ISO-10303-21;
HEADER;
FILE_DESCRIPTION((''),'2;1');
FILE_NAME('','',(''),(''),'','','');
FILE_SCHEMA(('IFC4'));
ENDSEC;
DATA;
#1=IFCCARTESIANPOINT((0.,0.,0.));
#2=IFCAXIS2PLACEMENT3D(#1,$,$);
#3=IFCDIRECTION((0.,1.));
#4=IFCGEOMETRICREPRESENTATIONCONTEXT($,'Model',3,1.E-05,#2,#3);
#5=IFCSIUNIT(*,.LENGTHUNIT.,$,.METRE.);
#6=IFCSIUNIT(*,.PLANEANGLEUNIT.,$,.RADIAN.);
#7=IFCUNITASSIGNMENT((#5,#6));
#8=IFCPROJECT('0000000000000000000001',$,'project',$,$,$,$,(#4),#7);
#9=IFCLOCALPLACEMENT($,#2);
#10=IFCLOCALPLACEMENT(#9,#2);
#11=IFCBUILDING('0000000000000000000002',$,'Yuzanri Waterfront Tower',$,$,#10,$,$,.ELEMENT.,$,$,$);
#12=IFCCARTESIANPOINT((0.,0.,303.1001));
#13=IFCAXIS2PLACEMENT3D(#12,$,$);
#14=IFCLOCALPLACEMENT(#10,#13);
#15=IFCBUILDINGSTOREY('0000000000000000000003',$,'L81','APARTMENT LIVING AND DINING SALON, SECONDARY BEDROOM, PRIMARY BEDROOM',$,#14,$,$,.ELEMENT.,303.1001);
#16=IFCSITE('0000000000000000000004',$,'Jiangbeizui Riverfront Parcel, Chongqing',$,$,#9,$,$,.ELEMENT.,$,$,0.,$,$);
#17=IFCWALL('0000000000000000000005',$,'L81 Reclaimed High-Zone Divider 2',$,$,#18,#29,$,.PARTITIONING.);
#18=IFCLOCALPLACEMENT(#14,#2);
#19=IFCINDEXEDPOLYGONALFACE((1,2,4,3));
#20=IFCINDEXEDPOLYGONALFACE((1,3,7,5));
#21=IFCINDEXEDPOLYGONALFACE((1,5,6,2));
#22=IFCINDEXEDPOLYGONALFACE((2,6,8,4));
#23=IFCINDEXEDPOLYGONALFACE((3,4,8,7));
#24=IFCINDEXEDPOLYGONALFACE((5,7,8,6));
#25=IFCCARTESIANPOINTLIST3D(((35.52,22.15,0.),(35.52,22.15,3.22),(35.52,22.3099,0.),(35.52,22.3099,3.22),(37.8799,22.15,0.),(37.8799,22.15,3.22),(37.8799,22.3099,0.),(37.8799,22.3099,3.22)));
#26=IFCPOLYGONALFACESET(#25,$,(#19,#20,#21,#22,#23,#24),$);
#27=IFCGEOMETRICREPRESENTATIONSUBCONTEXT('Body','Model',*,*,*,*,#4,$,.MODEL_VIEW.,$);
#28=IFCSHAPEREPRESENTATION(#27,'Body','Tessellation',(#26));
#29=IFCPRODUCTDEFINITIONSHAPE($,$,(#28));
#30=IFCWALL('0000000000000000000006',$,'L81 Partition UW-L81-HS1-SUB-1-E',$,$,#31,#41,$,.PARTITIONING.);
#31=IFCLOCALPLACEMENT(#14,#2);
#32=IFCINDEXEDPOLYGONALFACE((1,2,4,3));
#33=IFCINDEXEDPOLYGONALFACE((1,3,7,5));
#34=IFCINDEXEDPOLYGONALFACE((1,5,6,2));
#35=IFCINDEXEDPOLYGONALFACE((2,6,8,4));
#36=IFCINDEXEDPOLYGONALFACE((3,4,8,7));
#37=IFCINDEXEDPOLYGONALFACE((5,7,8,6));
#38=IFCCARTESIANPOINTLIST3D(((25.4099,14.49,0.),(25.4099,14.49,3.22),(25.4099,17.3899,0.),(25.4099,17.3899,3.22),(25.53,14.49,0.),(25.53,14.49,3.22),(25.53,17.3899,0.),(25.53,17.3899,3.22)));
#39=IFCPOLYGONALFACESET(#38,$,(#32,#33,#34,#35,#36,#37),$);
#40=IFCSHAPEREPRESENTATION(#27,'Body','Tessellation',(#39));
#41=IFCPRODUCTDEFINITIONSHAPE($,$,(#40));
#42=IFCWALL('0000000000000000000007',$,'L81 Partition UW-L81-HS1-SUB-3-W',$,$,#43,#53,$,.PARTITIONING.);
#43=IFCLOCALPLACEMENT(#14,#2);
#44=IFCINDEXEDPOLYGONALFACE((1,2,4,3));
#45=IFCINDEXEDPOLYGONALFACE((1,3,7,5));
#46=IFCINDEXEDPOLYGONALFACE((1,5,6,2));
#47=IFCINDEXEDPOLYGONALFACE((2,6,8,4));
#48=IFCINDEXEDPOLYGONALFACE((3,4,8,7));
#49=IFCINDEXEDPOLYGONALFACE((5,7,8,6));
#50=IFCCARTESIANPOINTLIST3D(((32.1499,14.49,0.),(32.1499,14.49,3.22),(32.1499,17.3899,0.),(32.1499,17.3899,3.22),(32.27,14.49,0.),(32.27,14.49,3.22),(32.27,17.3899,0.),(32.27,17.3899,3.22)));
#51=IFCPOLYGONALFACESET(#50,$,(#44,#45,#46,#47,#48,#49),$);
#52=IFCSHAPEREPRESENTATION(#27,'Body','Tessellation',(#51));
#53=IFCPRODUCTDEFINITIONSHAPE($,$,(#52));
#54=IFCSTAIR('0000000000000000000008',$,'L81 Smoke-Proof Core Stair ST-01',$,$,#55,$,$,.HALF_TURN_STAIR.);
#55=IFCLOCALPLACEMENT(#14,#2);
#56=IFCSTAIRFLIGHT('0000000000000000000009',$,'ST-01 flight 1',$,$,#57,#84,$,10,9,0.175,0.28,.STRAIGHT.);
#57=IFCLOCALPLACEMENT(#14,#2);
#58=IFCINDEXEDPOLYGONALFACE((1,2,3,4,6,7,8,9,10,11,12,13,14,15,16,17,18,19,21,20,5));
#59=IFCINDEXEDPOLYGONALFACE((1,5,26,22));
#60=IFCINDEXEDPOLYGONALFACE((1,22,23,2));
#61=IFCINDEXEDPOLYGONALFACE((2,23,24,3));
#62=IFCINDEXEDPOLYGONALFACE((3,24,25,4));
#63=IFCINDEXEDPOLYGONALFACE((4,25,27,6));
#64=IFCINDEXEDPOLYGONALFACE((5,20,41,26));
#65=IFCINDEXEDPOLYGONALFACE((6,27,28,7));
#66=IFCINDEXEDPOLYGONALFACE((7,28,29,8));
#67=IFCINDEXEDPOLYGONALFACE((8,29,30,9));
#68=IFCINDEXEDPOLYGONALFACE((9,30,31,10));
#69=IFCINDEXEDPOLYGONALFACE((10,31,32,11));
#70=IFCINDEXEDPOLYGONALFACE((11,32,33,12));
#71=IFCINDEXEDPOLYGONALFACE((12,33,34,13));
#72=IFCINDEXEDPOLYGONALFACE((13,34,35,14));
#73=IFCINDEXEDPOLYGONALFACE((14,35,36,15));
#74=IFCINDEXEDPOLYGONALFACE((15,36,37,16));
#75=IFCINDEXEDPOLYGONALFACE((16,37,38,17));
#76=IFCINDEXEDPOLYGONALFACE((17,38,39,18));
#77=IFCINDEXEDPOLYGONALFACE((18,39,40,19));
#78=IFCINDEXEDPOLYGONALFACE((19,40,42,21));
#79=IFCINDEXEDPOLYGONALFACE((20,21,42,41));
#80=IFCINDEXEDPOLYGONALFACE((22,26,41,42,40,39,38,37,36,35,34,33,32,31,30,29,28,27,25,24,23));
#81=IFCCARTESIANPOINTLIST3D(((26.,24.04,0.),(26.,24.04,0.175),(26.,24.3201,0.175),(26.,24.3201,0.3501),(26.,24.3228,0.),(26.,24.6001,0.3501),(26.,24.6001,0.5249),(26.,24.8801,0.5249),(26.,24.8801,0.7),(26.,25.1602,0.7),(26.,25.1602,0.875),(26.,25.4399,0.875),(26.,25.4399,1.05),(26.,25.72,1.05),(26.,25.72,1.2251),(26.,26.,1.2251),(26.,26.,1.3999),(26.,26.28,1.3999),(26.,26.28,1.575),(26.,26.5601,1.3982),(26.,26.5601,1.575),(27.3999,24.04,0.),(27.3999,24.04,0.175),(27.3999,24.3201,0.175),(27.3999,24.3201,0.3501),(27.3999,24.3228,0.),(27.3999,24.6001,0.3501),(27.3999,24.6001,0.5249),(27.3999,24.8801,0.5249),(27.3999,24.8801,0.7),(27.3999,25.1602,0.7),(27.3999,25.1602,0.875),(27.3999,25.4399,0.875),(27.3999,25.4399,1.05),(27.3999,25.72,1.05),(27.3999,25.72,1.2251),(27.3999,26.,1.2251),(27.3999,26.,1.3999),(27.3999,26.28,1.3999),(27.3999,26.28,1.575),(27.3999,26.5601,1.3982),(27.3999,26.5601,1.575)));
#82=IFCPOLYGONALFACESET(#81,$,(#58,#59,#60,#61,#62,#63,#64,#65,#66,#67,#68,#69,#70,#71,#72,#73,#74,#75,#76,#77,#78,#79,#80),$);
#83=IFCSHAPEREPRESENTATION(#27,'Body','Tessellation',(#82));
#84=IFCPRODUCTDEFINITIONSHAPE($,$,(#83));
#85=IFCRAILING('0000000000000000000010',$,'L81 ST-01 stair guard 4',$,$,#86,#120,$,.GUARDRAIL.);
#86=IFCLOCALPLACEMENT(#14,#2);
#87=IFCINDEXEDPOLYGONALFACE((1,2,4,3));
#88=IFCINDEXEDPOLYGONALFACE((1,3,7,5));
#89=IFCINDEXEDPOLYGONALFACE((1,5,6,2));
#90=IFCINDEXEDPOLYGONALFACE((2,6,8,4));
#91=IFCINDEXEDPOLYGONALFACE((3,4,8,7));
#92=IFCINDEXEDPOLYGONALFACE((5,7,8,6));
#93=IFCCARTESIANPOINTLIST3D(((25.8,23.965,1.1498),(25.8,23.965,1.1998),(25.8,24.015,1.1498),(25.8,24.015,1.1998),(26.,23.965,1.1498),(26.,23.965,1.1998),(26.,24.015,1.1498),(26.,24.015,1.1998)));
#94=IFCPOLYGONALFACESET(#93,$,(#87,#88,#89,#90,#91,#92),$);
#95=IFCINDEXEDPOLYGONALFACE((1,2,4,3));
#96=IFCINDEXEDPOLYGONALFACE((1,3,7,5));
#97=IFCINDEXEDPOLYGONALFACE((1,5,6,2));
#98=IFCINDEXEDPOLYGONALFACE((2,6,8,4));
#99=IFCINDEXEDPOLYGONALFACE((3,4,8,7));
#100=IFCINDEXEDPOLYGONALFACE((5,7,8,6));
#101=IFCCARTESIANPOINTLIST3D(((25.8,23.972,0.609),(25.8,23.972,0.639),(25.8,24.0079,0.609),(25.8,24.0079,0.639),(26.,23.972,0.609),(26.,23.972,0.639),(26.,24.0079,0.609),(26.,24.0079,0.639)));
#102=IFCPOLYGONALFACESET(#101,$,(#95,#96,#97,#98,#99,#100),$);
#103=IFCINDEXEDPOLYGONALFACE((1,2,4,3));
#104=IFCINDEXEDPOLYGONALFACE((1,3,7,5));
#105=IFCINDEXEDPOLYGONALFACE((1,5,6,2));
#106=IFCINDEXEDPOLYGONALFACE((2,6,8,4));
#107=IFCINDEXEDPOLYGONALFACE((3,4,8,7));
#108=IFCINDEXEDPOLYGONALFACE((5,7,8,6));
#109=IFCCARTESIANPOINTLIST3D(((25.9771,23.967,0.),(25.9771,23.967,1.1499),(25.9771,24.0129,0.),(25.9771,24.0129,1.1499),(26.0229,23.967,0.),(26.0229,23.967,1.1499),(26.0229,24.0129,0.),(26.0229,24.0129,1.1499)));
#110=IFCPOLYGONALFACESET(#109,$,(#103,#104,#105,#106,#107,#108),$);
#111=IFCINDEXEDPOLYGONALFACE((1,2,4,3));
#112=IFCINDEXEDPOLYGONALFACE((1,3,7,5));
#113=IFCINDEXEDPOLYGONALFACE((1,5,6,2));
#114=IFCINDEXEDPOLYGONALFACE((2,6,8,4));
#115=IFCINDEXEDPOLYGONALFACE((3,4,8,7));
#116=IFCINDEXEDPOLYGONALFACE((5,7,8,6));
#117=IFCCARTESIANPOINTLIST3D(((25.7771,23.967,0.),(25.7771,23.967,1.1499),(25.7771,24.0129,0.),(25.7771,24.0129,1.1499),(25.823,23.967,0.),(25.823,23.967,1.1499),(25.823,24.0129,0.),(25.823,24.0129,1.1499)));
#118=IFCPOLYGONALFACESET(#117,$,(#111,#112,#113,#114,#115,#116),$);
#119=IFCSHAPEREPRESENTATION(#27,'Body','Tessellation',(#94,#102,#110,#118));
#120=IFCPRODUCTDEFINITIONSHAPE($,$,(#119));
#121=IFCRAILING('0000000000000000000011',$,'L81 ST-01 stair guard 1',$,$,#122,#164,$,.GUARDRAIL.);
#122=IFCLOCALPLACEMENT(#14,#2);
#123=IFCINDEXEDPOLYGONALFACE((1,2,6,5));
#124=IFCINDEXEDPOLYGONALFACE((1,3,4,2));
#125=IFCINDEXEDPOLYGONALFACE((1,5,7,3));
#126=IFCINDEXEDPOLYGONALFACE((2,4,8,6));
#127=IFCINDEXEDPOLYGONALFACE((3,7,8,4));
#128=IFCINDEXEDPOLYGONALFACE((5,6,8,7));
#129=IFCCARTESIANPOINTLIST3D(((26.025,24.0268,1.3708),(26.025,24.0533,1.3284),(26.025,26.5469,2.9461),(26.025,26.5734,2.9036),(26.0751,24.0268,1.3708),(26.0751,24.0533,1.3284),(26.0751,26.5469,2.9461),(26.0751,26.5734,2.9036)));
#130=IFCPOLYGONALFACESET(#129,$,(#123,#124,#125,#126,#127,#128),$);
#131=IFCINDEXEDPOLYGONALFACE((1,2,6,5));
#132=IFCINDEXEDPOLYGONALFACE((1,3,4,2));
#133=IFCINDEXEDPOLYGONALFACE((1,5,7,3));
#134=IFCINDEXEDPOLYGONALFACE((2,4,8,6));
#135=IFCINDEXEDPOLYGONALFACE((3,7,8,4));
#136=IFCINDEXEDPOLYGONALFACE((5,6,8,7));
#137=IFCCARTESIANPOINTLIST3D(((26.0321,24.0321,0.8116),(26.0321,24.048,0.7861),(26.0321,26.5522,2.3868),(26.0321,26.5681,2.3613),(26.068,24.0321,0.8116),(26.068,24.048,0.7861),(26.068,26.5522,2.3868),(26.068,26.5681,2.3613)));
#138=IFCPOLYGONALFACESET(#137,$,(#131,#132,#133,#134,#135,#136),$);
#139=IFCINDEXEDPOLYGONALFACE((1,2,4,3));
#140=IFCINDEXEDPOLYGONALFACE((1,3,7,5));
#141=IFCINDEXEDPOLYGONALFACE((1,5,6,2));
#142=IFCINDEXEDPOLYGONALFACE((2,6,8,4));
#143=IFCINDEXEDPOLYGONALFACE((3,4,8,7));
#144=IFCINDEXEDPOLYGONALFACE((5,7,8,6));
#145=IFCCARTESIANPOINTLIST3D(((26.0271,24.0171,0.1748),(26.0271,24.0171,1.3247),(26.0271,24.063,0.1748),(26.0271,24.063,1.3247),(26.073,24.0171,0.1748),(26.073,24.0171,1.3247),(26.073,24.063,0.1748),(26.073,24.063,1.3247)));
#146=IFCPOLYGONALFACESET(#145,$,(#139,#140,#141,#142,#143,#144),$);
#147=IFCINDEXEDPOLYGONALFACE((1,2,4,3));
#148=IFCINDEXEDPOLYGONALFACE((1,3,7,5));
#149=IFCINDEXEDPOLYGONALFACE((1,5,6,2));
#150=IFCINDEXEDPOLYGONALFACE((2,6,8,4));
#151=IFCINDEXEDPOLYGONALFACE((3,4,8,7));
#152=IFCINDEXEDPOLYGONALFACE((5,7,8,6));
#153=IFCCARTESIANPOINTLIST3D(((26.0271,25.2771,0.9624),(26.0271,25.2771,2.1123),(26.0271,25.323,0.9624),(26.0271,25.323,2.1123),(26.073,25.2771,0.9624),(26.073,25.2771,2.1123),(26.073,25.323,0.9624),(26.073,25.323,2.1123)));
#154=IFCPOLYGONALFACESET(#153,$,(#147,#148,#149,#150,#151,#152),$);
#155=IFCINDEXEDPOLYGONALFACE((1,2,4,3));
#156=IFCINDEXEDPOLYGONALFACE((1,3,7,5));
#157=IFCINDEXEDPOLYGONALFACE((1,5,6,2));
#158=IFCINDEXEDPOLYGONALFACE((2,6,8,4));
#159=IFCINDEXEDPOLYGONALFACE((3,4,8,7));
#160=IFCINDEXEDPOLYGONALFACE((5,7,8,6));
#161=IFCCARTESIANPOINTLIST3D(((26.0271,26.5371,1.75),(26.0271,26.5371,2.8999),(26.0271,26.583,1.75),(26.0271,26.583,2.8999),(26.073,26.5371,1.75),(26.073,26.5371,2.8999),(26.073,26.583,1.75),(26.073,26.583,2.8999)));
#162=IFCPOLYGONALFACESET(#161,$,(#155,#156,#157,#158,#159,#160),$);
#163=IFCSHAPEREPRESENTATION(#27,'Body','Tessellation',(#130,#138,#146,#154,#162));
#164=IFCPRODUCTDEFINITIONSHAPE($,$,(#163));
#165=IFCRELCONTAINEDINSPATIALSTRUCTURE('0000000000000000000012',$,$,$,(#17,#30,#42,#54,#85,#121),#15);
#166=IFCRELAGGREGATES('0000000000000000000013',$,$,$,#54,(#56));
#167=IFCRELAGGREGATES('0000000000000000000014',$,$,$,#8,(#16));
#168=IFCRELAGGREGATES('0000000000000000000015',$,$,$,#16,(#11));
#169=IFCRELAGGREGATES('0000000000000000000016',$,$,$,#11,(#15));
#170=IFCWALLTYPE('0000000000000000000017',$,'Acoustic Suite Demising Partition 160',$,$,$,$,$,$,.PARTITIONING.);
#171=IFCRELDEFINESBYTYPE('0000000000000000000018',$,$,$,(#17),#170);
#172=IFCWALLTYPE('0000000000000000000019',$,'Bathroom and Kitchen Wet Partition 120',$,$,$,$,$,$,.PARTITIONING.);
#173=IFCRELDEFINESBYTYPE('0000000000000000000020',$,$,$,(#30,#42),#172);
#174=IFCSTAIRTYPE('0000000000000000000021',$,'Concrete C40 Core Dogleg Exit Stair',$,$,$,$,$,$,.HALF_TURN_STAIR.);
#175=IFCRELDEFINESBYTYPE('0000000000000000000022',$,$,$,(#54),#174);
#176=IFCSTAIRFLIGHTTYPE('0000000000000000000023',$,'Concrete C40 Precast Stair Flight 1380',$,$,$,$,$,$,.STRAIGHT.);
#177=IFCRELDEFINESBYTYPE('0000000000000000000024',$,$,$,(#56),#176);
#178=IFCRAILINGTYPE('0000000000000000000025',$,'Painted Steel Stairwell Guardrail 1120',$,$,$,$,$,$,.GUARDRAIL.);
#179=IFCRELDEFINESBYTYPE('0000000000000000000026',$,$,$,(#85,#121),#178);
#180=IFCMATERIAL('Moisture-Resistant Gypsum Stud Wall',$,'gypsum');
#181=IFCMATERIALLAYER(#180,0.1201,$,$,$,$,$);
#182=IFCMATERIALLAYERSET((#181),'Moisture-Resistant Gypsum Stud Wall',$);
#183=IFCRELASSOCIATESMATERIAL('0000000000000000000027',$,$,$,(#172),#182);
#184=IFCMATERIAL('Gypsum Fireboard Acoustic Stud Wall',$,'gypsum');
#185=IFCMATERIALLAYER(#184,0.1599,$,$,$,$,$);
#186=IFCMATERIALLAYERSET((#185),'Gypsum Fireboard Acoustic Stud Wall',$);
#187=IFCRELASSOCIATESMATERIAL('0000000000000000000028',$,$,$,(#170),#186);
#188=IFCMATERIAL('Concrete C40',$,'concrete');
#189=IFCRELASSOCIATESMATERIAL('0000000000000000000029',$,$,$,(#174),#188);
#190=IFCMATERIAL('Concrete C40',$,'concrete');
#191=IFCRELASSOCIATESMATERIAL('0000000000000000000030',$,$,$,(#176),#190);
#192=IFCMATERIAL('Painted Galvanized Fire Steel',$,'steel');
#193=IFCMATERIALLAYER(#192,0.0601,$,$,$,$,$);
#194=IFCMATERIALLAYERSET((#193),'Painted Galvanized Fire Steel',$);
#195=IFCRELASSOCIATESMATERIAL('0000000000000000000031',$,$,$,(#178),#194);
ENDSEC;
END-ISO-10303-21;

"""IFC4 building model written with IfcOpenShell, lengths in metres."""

from ifc_helpers import new_model, si_unit, direction, frame, frame_2d, origin, origin_2d, place, context, subcontext, project, spatial, polyline, rectangle, outline, extrude, source, transform, mapped, material, layer, layer_set, type_object, element, aggregate, save


model = new_model("IFC4")

# Units and contexts
model_context = context("Model", 3, precision=1e-05, world=origin(), true_north=direction((0.0, 1.0)))
body_context = subcontext(model_context, "Body", "Model", "MODEL_VIEW")
ifc_project = project(units=[si_unit("LENGTHUNIT", "METRE"), si_unit("PLANEANGLEUNIT", "RADIAN")], contexts=[model_context])

# Site, building, storey
site_placement = place(None, origin())
site = spatial("IfcSite", under=ifc_project, at=site_placement, Name="Jiangbeizui Riverfront Parcel, Chongqing", CompositionType="ELEMENT", RefElevation=0.0)
building_placement = place(site_placement, origin())
building = spatial("IfcBuilding", under=site, at=building_placement, Name="Yuzanri Waterfront Tower", CompositionType="ELEMENT")
storey_placement = place(building_placement, frame((0.0, 0.0, 303.1001)))
storey = spatial("IfcBuildingStorey", under=building, at=storey_placement, Name="L81", Description="APARTMENT LIVING AND DINING SALON, SECONDARY BEDROOM, PRIMARY BEDROOM", CompositionType="ELEMENT", Elevation=303.1001)

# Shared definitions
ifc_material_1 = material(Name="Moisture-Resistant Gypsum Stud Wall", Category="gypsum")
ifc_layer_1 = layer(ifc_material_1, 0.1201)
ifc_layer_set_1 = layer_set([ifc_layer_1], Name="Moisture-Resistant Gypsum Stud Wall")
wall_type_1 = type_object("IfcWallType", Name="Bathroom and Kitchen Wet Partition 120", PredefinedType="PARTITIONING", material=ifc_layer_set_1)

# Walls
ifc_material_2 = material(Name="Gypsum Fireboard Acoustic Stud Wall", Category="gypsum")
ifc_layer_2 = layer(ifc_material_2, 0.1599)
ifc_layer_set_2 = layer_set([ifc_layer_2], Name="Gypsum Fireboard Acoustic Stud Wall")
wall_type_2 = type_object("IfcWallType", Name="Acoustic Suite Demising Partition 160", PredefinedType="PARTITIONING", material=ifc_layer_set_2)
shared_shape_1 = source(origin(), body_context, "Body", "SweptSolid", [
    extrude(rectangle(XDim=2.3599, YDim=0.1599, at=frame_2d((1.1799, 0.0))), origin(), (0.0, 0.0, 1.0), 3.22),
])
wall_1_placement = place(storey_placement, frame((35.52, 22.23, 0.0), z_axis=(0.0, 0.0, 1.0), x_axis=(1.0, 0.0, 0.0)))
element("IfcWall", 1, at=wall_1_placement, inside=storey, type_object=wall_type_2, Name="L81 Reclaimed High-Zone Divider 2", PredefinedType="PARTITIONING", context=body_context, shape_type="MappedRepresentation", body=[
    mapped(shared_shape_1, transform((0.0, 0.0, 0.0), scale=1.0)),
])
shared_shape_2 = source(origin(), body_context, "Body", "SweptSolid", [
    extrude(rectangle(XDim=2.8999, YDim=0.1201, at=frame_2d((1.45, 0.0))), origin(), (0.0, 0.0, 1.0), 3.22),
])
for number, where, z_axis, x_axis, name in (
    (2, (25.47, 14.49, 0.0), (0.0, 0.0, 1.0), (0.0, 1.0, 0.0), "L81 Partition UW-L81-HS1-SUB-1-E"),
    (3, (32.21, 14.49, 0.0), (0.0, 0.0, 1.0), (0.0, 1.0, 0.0), "L81 Partition UW-L81-HS1-SUB-3-W"),
):
    element("IfcWall", number, at=place(storey_placement, frame(where, z_axis=z_axis, x_axis=x_axis)), inside=storey, type_object=wall_type_1, Name=name, PredefinedType="PARTITIONING", context=body_context, shape_type="MappedRepresentation", body=[
        mapped(shared_shape_2, transform((0.0, 0.0, 0.0), scale=1.0)),
    ])

# Stair, stair flight
ifc_material_3 = material(Name="Concrete C40", Category="concrete")
stair_type = type_object("IfcStairType", Name="Concrete C40 Core Dogleg Exit Stair", PredefinedType="HALF_TURN_STAIR", material=ifc_material_3)
stair_placement = place(storey_placement, origin())
stair = element("IfcStair", 4, at=stair_placement, inside=storey, type_object=stair_type, Name="L81 Smoke-Proof Core Stair ST-01", PredefinedType="HALF_TURN_STAIR")
ifc_material_4 = material(Name="Concrete C40", Category="concrete")
stair_flight_type = type_object("IfcStairFlightType", Name="Concrete C40 Precast Stair Flight 1380", PredefinedType="STRAIGHT", material=ifc_material_4)
shared_shape_3 = source(origin(), body_context, "Body", "SweptSolid", [
    extrude(outline(polyline([(0.0, 0.0), (0.0, 0.175), (0.28, 0.175), (0.28, 0.3501), (0.5601, 0.3501), (0.5601, 0.5249), (0.8401, 0.5249), (0.8401, 0.7), (1.1201, 0.7), (1.1201, 0.875), (1.3999, 0.875), (1.3999, 1.05), (1.6799, 1.05), (1.6799, 1.2251), (1.96, 1.2251), (1.96, 1.3999), (2.24, 1.3999), (2.24, 1.575), (2.52, 1.575), (2.52, 1.75), (2.52, 1.3982), (0.2827, 0.0), (0.0, 0.0)])), frame((0.0, 0.7, 0.0), z_axis=(0.0, -1.0, 0.0), x_axis=(1.0, 0.0, 0.0)), (0.0, 0.0, 1.0), 1.3999),
])
stair_flight_placement = place(storey_placement, frame((26.7, 24.04, 0.0), z_axis=(0.0, 0.0, 1.0), x_axis=(0.0, 1.0, 0.0)))
stair_flight = element("IfcStairFlight", 5, at=stair_flight_placement, type_object=stair_flight_type, Name="ST-01 flight 1", NumberOfRisers=10, NumberOfTreads=9, PredefinedType="STRAIGHT", RiserHeight=0.175, TreadLength=0.28, context=body_context, shape_type="MappedRepresentation", body=[
    mapped(shared_shape_3, transform((0.0, 0.0, 0.0), scale=1.0)),
])
aggregate(stair, [stair_flight])

# Railings
ifc_material_5 = material(Name="Painted Galvanized Fire Steel", Category="steel")
ifc_layer_3 = layer(ifc_material_5, 0.0601)
ifc_layer_set_3 = layer_set([ifc_layer_3], Name="Painted Galvanized Fire Steel")
railing_type = type_object("IfcRailingType", Name="Painted Steel Stairwell Guardrail 1120", PredefinedType="GUARDRAIL", material=ifc_layer_set_3)
shared_shape_4 = source(origin(), body_context, "Body", "SweptSolid", [
    extrude(rectangle(XDim=0.05, YDim=0.05, at=origin_2d()), frame((0.0, 0.0, 1.1748), z_axis=(-1.0, 0.0, 0.0), x_axis=(0.0, -1.0, 0.0)), (0.0, 0.0, 1.0), 0.2),
    extrude(rectangle(XDim=0.0359, YDim=0.03, at=origin_2d()), frame((0.0, 0.0, 0.624), z_axis=(-1.0, 0.0, 0.0), x_axis=(0.0, -1.0, 0.0)), (0.0, 0.0, 1.0), 0.2),
    extrude(rectangle(XDim=0.0459, YDim=0.0459, at=origin_2d()), origin(), (0.0, 0.0, 1.0), 1.1499),
    extrude(rectangle(XDim=0.0459, YDim=0.0459, at=origin_2d()), frame((-0.2, 0.0, 0.0)), (0.0, 0.0, 1.0), 1.1499),
])
railing_1_placement = place(storey_placement, frame((26.0, 23.99, 0.0)))
element("IfcRailing", 6, at=railing_1_placement, inside=storey, type_object=railing_type, Name="L81 ST-01 stair guard 4", PredefinedType="GUARDRAIL", context=body_context, shape_type="MappedRepresentation", body=[
    mapped(shared_shape_4, transform((0.0, 0.0, 0.0), scale=1.0)),
])
shared_shape_5 = source(origin(), body_context, "Body", "SweptSolid", [
    extrude(rectangle(XDim=0.05, YDim=0.05, at=origin_2d()), frame((0.0, 0.0, 1.1748), z_axis=(0.0, 0.847971, 0.530043), x_axis=(-1.0, 0.0, 0.0)), (0.0, 0.0, 1.0), 2.9719),
    extrude(rectangle(XDim=0.0359, YDim=0.03, at=origin_2d()), frame((0.0, 0.0, 0.624), z_axis=(0.0, 0.847971, 0.530043), x_axis=(-1.0, 0.0, 0.0)), (0.0, 0.0, 1.0), 2.9719),
    extrude(rectangle(XDim=0.0459, YDim=0.0459, at=origin_2d()), origin(), (0.0, 0.0, 1.0), 1.1499),
    extrude(rectangle(XDim=0.0459, YDim=0.0459, at=origin_2d()), frame((0.0, 1.26, 0.7876)), (0.0, 0.0, 1.0), 1.1499),
    extrude(rectangle(XDim=0.0459, YDim=0.0459, at=origin_2d()), frame((0.0, 2.52, 1.5752)), (0.0, 0.0, 1.0), 1.1499),
])
railing_2_placement = place(storey_placement, frame((26.05, 24.04, 0.1748)))
element("IfcRailing", 7, at=railing_2_placement, inside=storey, type_object=railing_type, Name="L81 ST-01 stair guard 1", PredefinedType="GUARDRAIL", context=body_context, shape_type="MappedRepresentation", body=[
    mapped(shared_shape_5, transform((0.0, 0.0, 0.0), scale=1.0)),
])

save(model, "model.ifc")
